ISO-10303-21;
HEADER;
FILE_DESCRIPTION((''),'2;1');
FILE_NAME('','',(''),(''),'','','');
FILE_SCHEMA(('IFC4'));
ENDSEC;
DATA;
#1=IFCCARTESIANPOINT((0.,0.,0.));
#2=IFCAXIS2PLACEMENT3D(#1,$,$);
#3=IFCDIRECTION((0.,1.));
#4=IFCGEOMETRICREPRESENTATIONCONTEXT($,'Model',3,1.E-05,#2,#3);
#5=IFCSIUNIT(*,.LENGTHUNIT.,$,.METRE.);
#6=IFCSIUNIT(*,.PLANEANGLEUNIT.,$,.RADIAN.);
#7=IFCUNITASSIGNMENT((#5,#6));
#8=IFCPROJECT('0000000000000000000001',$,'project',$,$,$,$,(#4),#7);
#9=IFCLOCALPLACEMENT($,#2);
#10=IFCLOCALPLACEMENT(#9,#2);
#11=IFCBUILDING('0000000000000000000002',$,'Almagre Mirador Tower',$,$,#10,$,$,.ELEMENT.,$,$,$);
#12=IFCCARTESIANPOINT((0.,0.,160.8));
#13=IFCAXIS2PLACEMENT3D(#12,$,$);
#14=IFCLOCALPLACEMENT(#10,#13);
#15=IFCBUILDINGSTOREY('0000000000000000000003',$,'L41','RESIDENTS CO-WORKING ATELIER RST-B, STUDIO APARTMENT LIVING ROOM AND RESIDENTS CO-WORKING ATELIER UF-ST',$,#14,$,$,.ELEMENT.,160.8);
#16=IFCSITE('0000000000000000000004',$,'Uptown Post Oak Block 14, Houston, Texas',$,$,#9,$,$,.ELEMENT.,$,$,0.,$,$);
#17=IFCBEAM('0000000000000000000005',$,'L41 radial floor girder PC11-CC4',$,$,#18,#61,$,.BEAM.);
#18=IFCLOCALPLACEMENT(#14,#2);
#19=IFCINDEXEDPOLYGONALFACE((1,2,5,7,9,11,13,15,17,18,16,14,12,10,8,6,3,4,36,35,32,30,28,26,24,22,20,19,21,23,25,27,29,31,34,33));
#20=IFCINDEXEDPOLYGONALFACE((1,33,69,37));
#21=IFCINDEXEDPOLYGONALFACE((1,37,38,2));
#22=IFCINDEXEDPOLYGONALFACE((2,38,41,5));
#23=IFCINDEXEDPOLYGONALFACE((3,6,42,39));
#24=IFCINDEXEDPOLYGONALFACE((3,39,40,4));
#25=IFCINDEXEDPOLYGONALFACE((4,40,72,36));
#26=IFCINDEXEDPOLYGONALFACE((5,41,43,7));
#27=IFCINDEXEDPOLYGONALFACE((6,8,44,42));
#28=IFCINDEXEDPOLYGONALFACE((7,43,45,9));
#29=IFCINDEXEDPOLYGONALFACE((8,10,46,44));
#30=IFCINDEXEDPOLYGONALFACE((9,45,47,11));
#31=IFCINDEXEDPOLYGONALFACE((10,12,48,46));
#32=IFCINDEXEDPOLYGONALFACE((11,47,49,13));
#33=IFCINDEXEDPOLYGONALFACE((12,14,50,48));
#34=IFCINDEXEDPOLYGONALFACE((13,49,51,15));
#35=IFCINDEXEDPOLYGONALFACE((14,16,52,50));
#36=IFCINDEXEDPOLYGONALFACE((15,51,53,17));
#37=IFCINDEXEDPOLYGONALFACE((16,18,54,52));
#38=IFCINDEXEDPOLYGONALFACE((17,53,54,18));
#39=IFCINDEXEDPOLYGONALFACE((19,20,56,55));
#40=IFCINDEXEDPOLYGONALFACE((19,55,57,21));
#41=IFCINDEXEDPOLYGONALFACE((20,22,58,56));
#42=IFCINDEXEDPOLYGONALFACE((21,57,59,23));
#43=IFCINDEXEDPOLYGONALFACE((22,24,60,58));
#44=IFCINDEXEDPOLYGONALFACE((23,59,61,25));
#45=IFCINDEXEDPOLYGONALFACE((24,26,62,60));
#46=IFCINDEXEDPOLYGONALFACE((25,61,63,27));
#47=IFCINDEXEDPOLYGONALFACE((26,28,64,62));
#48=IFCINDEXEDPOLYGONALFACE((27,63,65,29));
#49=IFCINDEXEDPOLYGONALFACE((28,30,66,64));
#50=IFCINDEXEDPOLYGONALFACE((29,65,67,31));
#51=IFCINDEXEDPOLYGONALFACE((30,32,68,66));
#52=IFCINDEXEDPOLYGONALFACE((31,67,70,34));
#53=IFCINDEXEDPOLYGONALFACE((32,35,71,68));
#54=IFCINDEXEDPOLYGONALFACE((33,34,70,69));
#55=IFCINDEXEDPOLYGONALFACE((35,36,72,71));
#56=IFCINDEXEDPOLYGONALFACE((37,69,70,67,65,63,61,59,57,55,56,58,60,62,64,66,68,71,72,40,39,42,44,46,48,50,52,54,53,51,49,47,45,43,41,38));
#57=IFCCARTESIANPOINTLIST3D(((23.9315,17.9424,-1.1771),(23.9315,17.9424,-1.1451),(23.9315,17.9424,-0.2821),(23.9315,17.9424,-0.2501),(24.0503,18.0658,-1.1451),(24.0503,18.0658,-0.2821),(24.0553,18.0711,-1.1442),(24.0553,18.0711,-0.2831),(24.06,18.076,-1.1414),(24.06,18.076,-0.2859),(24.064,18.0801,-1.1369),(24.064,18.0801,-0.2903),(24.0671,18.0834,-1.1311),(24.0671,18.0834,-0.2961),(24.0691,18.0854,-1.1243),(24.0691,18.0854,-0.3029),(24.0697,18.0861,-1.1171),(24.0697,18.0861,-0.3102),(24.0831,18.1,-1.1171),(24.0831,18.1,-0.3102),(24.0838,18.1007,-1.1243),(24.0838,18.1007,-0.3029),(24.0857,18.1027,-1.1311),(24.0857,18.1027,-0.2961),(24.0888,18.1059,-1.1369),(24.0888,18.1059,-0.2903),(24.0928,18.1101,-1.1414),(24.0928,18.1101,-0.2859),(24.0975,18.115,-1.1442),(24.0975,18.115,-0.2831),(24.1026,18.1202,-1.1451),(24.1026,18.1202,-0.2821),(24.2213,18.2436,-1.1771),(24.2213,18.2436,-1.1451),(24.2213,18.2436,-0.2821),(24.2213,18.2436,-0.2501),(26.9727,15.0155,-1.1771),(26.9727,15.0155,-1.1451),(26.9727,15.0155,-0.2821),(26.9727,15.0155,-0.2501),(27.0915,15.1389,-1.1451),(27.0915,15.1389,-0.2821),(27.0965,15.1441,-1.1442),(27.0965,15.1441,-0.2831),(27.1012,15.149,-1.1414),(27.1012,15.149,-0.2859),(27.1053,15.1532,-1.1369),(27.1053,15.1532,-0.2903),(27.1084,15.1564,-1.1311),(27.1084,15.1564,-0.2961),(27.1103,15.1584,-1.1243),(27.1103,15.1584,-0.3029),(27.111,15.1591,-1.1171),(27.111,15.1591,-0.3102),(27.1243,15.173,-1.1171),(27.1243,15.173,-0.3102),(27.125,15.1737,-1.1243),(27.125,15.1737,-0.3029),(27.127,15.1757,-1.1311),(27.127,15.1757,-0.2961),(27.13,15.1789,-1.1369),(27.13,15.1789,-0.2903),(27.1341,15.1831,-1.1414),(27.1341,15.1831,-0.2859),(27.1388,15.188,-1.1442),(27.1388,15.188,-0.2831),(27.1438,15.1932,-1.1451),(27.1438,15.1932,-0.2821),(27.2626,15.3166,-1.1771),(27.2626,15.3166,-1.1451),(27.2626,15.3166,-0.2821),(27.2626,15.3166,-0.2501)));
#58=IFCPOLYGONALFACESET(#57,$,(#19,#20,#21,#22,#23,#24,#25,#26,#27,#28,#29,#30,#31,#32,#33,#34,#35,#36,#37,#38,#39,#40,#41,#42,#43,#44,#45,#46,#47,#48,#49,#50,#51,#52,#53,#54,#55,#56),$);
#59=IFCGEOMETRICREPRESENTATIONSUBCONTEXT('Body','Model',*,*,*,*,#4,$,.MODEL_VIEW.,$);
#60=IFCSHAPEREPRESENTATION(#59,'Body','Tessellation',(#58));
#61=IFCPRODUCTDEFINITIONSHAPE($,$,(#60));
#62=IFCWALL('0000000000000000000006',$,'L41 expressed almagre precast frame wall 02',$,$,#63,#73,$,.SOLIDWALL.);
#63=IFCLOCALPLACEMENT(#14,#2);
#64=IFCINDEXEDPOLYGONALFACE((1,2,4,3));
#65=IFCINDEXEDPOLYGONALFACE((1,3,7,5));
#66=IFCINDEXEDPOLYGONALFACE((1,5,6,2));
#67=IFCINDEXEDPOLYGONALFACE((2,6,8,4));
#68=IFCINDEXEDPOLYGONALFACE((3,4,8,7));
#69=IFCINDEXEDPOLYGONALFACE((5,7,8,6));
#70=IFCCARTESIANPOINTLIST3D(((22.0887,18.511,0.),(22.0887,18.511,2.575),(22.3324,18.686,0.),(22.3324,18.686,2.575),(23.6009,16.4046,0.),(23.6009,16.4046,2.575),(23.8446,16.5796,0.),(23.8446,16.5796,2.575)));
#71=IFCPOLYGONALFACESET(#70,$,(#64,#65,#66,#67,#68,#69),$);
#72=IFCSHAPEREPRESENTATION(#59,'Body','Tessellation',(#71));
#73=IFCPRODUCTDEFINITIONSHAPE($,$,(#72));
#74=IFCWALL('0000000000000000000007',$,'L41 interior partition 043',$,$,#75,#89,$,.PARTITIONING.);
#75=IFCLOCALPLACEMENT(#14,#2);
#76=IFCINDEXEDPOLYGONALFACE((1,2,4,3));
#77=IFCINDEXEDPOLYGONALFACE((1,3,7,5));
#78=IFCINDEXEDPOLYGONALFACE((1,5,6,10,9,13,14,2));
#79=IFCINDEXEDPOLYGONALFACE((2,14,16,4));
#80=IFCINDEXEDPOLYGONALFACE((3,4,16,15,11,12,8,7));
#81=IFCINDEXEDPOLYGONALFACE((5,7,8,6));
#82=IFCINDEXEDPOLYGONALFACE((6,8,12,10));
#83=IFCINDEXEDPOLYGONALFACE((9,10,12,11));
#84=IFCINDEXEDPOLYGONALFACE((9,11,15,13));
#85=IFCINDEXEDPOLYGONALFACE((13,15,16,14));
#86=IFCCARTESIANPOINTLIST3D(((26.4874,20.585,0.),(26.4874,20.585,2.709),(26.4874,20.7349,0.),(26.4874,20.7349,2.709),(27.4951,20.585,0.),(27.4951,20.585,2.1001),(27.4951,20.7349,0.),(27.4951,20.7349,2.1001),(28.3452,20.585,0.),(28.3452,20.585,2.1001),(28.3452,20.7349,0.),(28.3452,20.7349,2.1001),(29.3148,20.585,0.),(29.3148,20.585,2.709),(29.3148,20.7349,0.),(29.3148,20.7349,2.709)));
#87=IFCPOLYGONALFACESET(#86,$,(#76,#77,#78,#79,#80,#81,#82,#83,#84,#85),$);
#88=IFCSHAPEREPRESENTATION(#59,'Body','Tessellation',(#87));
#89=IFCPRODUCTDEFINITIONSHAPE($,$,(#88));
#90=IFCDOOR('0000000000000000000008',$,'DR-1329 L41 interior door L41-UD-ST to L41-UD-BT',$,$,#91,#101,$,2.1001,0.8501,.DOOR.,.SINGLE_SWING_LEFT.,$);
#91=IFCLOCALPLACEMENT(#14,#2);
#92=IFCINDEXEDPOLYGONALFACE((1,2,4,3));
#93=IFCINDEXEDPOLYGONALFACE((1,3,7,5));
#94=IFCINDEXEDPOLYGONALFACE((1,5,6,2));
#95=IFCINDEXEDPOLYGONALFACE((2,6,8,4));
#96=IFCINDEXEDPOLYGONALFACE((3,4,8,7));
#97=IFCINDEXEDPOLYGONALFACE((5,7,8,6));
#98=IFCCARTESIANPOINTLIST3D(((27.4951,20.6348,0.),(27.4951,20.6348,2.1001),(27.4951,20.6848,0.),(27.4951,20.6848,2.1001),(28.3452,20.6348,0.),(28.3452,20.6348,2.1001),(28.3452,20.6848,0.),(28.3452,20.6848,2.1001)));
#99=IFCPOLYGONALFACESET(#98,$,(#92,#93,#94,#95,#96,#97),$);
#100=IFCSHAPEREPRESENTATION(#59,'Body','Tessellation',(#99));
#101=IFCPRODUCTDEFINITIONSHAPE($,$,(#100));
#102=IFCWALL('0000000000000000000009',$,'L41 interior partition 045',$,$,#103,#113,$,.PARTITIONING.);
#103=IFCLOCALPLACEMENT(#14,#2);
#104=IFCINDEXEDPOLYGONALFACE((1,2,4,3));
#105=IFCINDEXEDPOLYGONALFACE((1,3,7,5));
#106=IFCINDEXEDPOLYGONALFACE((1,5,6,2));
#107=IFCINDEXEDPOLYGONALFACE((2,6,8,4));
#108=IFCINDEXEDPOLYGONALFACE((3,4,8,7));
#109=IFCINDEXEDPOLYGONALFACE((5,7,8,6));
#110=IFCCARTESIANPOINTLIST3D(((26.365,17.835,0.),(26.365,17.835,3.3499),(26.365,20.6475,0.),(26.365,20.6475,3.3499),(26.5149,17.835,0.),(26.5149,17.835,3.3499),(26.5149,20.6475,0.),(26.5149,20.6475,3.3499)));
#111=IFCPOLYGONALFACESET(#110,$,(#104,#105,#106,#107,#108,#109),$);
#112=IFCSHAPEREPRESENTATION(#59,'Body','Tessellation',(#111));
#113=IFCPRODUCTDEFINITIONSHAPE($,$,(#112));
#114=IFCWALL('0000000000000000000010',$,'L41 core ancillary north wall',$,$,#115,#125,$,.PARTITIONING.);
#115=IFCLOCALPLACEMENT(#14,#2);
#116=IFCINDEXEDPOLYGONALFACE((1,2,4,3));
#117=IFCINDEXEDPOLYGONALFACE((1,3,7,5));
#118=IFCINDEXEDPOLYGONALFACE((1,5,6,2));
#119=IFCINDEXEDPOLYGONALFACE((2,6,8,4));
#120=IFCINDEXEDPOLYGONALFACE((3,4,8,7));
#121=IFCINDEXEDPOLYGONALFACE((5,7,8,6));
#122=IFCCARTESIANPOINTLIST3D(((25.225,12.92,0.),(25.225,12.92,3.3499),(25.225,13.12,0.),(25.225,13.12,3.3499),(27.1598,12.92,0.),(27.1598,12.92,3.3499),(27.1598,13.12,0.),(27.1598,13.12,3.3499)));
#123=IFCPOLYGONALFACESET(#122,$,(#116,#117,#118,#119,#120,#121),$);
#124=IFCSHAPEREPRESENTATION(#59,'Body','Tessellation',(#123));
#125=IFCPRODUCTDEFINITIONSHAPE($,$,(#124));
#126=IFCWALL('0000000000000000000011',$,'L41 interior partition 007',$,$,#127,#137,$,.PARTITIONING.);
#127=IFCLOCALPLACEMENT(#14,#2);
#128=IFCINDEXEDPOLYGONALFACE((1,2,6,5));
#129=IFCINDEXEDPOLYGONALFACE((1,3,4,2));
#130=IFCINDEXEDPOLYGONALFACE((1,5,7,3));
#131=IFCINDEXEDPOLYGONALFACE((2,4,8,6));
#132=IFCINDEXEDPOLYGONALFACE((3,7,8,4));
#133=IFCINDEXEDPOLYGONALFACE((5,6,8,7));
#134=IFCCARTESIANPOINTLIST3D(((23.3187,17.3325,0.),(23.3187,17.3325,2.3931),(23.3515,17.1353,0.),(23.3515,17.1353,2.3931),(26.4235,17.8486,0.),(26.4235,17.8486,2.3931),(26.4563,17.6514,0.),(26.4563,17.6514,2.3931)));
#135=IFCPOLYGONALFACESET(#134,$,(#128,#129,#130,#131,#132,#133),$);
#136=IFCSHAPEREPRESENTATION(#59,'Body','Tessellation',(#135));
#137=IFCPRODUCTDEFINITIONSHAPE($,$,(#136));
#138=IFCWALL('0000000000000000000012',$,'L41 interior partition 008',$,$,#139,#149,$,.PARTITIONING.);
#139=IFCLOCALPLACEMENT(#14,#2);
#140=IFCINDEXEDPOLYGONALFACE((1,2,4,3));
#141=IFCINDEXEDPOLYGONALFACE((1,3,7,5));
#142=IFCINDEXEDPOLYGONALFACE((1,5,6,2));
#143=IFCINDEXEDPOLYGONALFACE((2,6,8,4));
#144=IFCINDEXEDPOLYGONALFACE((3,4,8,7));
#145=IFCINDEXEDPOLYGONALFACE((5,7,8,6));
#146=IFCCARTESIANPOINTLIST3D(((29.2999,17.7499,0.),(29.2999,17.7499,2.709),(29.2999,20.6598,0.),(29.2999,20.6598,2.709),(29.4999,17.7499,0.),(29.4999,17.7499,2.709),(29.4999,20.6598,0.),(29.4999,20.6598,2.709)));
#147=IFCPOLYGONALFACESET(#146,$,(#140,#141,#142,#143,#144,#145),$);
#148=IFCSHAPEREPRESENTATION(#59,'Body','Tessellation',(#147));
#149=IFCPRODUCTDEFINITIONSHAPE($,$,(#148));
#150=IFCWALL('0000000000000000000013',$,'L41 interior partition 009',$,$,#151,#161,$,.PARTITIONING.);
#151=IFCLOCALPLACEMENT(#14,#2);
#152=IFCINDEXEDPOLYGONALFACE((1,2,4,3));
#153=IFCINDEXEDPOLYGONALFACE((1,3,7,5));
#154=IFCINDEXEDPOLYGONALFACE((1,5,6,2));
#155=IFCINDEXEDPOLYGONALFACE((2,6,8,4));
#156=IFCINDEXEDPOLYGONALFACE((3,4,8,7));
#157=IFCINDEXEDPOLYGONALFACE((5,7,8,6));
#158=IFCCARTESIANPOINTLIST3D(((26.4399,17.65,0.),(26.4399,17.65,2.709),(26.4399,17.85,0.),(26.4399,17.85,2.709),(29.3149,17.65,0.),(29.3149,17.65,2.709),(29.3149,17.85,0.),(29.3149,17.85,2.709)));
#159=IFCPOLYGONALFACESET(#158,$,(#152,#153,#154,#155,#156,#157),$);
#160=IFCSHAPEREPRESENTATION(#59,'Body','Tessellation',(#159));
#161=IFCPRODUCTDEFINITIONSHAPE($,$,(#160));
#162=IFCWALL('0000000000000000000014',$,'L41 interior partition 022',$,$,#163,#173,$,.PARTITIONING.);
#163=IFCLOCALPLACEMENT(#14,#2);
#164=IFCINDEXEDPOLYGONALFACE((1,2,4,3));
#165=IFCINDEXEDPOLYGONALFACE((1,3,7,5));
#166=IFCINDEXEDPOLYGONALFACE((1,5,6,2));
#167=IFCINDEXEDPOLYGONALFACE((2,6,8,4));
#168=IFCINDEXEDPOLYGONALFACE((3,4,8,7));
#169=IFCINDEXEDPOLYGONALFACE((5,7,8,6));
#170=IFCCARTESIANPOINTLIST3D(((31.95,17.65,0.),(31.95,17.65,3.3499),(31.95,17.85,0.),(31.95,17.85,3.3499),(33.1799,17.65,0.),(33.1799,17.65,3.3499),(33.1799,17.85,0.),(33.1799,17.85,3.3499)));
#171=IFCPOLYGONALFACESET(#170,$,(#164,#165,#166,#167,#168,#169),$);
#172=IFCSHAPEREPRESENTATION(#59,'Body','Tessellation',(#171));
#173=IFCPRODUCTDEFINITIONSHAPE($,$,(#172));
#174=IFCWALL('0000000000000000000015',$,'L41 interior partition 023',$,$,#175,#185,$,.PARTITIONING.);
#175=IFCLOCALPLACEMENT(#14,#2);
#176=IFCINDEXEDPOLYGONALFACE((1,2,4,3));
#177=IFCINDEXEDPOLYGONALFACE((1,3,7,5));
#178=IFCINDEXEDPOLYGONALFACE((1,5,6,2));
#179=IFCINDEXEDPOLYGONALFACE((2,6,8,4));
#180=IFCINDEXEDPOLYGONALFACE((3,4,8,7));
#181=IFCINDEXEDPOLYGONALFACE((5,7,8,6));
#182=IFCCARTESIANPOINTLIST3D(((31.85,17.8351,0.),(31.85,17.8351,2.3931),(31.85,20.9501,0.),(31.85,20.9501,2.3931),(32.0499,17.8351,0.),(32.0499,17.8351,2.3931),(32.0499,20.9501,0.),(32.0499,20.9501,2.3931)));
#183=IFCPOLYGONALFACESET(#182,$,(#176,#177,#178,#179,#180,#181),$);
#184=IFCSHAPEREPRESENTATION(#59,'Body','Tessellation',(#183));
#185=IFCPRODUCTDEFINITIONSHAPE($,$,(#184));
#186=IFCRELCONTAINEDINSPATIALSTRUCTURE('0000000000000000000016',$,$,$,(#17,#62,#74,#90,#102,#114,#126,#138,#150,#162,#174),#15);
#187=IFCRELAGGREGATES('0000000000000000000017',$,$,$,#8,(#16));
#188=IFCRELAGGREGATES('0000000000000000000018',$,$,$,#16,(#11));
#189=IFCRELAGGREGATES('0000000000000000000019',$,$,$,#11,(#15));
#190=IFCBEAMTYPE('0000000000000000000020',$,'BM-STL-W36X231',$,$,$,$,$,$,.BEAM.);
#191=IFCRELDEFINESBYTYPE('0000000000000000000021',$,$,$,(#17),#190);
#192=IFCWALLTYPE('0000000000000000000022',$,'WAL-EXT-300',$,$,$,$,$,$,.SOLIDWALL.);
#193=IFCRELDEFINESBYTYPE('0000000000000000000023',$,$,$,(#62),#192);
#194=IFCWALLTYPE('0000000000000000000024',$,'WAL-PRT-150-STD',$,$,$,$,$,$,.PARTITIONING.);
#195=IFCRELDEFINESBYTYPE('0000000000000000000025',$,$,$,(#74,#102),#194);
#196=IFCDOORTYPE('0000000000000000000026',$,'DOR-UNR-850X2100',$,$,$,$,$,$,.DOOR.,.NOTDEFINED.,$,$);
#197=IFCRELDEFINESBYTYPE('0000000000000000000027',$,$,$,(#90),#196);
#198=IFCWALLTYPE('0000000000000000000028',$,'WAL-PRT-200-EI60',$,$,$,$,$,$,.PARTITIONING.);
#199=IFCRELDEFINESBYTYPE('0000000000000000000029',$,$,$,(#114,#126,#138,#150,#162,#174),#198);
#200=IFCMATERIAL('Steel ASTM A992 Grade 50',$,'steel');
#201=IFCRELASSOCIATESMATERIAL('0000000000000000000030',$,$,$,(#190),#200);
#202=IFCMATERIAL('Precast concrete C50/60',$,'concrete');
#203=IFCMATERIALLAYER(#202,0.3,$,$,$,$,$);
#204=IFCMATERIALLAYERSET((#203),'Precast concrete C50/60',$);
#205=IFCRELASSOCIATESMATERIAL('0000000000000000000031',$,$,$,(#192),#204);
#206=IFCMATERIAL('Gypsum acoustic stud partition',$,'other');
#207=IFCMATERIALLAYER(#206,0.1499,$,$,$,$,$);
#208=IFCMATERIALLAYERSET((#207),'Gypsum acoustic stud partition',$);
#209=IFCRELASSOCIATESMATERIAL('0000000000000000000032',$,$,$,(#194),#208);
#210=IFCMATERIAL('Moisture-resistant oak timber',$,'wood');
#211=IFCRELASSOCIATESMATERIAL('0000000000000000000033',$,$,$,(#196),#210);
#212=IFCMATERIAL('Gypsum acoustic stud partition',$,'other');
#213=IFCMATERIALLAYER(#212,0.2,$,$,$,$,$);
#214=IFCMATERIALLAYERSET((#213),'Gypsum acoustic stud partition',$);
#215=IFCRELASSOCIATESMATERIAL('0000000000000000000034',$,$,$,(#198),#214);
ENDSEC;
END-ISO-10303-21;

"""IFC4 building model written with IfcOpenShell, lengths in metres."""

from ifc_helpers import new_model, si_unit, direction, frame, frame_2d, origin, origin_2d, place, context, subcontext, project, spatial, rectangle, i_section, extrude, material, layer, layer_set, material_profile, profile_set, type_object, element, fill, save


model = new_model("IFC4")

# Units and contexts
model_context = context("Model", 3, precision=1e-05, world=origin(), true_north=direction((0.0, 1.0)))
body_context = subcontext(model_context, "Body", "Model", "MODEL_VIEW")
ifc_project = project(units=[si_unit("LENGTHUNIT", "METRE"), si_unit("PLANEANGLEUNIT", "RADIAN")], contexts=[model_context])

# Site, building, storey
site_placement = place(None, origin())
site = spatial("IfcSite", under=ifc_project, at=site_placement, Name="Uptown Post Oak Block 14, Houston, Texas", CompositionType="ELEMENT", RefElevation=0.0)
building_placement = place(site_placement, origin())
building = spatial("IfcBuilding", under=site, at=building_placement, Name="Almagre Mirador Tower", CompositionType="ELEMENT")
storey_placement = place(building_placement, frame((0.0, 0.0, 160.8)))
storey = spatial("IfcBuildingStorey", under=building, at=storey_placement, Name="L41", Description="RESIDENTS CO-WORKING ATELIER RST-B, STUDIO APARTMENT LIVING ROOM AND RESIDENTS CO-WORKING ATELIER UF-ST", CompositionType="ELEMENT", Elevation=160.8)

# Beam
ifc_material_1 = material(Name="Steel ASTM A992 Grade 50", Category="steel")
ifc_material_profile_1 = material_profile(ifc_material_1, i_section(OverallWidth=0.418, OverallDepth=0.927, WebThickness=0.0193, FlangeThickness=0.032, FilletRadius=0.0281, at=origin_2d()), Name="W36X231")
ifc_profile_set_1 = profile_set([ifc_material_profile_1], Name="Steel ASTM A992 Grade 50")
beam_type_1 = type_object("IfcBeamType", Name="BM-STL-W36X231", PredefinedType="BEAM", material=ifc_profile_set_1)
beam_1_placement = place(storey_placement, frame((24.0764, 18.093, -0.7136), z_axis=(0.720512, -0.693443, 0.0), x_axis=(0.693443, 0.720512, 0.0)))
element("IfcBeam", 1, at=beam_1_placement, inside=storey, type_object=beam_type_1, Name="L41 radial floor girder PC11-CC4", PredefinedType="BEAM", context=body_context, shape_type="SweptSolid", body=[
    extrude(i_section(OverallWidth=0.418, OverallDepth=0.927, WebThickness=0.0193, FlangeThickness=0.032, FilletRadius=0.0281, at=origin_2d()), origin(), (0.0, 0.0, 1.0), 4.2209),
])

# Wall
ifc_material_2 = material(Name="Precast concrete C50/60", Category="concrete")
ifc_layer_1 = layer(ifc_material_2, 0.3)
ifc_layer_set_1 = layer_set([ifc_layer_1], Name="Precast concrete C50/60")
wall_type_1 = type_object("IfcWallType", Name="WAL-EXT-300", PredefinedType="SOLIDWALL", material=ifc_layer_set_1)
wall_1_placement = place(storey_placement, frame((23.7227, 16.4922, 0.0), z_axis=(0.0, 0.0, 1.0), x_axis=(-0.583178, 0.812344, 0.0)))
element("IfcWall", 2, at=wall_1_placement, inside=storey, type_object=wall_type_1, Name="L41 expressed almagre precast frame wall 02", PredefinedType="SOLIDWALL", context=body_context, shape_type="SweptSolid", body=[
    extrude(rectangle(XDim=2.593, YDim=0.3, at=frame_2d((1.2964, 0.0))), origin(), (0.0, 0.0, 1.0), 2.575),
])

# Wall, opening, door
ifc_material_3 = material(Name="Gypsum acoustic stud partition", Category="other")
ifc_layer_2 = layer(ifc_material_3, 0.1499)
ifc_layer_set_2 = layer_set([ifc_layer_2], Name="Gypsum acoustic stud partition")
wall_type_2 = type_object("IfcWallType", Name="WAL-PRT-150-STD", PredefinedType="PARTITIONING", material=ifc_layer_set_2)
wall_2_placement = place(storey_placement, frame((26.4875, 20.6599, 0.0), z_axis=(0.0, 0.0, 1.0), x_axis=(1.0, 0.0, 0.0)))
wall_2 = element("IfcWall", 3, at=wall_2_placement, inside=storey, type_object=wall_type_2, Name="L41 interior partition 043", PredefinedType="PARTITIONING", context=body_context, shape_type="SweptSolid", body=[
    extrude(rectangle(XDim=2.8274, YDim=0.1499, at=frame_2d((1.4136, 0.0))), origin(), (0.0, 0.0, 1.0), 2.709),
])
opening_1_placement = place(wall_2_placement, frame((1.0076, 0.0, 0.0)))
opening_1 = element("IfcOpeningElement", 4, at=opening_1_placement, cuts=wall_2, PredefinedType="OPENING", context=body_context, shape_type="SweptSolid", body=[
    extrude(rectangle(XDim=0.8501, YDim=2.1001, at=frame_2d((0.425, 1.05))), frame((0.0, 0.085, 0.0), z_axis=(0.0, -1.0, 0.0), x_axis=(1.0, 0.0, 0.0)), (0.0, 0.0, 1.0), 0.1699),
])
ifc_material_4 = material(Name="Moisture-resistant oak timber", Category="wood")
door_type_1 = type_object("IfcDoorType", Name="DOR-UNR-850X2100", OperationType="NOTDEFINED", PredefinedType="DOOR", material=ifc_material_4)
door_1_placement = place(opening_1_placement, origin())
door_1 = element("IfcDoor", 5, at=door_1_placement, inside=storey, type_object=door_type_1, Name="DR-1329 L41 interior door L41-UD-ST to L41-UD-BT", OperationType="SINGLE_SWING_LEFT", OverallHeight=2.1001, OverallWidth=0.8501, PredefinedType="DOOR", context=body_context, shape_type="SweptSolid", body=[
    extrude(rectangle(XDim=0.8501, YDim=2.1001, at=frame_2d((0.425, 1.05))), frame((0.0, 0.0249, 0.0), z_axis=(0.0, -1.0, 0.0), x_axis=(1.0, 0.0, 0.0)), (0.0, 0.0, 1.0), 0.05),
])
fill(opening_1, door_1)

# Walls
wall_3_placement = place(storey_placement, frame((26.4399, 17.835, 0.0), z_axis=(0.0, 0.0, 1.0), x_axis=(0.0, 1.0, 0.0)))
element("IfcWall", 6, at=wall_3_placement, inside=storey, type_object=wall_type_2, Name="L41 interior partition 045", PredefinedType="PARTITIONING", context=body_context, shape_type="SweptSolid", body=[
    extrude(rectangle(XDim=2.8125, YDim=0.1499, at=frame_2d((1.4062, 0.0))), origin(), (0.0, 0.0, 1.0), 3.3499),
])
ifc_material_5 = material(Name="Gypsum acoustic stud partition", Category="other")
ifc_layer_3 = layer(ifc_material_5, 0.2)
ifc_layer_set_3 = layer_set([ifc_layer_3], Name="Gypsum acoustic stud partition")
wall_type_3 = type_object("IfcWallType", Name="WAL-PRT-200-EI60", PredefinedType="PARTITIONING", material=ifc_layer_set_3)
wall_4_placement = place(storey_placement, frame((25.2251, 13.02, 0.0), z_axis=(0.0, 0.0, 1.0), x_axis=(1.0, 0.0, 0.0)))
element("IfcWall", 7, at=wall_4_placement, inside=storey, type_object=wall_type_3, Name="L41 core ancillary north wall", PredefinedType="PARTITIONING", context=body_context, shape_type="SweptSolid", body=[
    extrude(rectangle(XDim=1.9348, YDim=0.2, at=frame_2d((0.9673, 0.0))), origin(), (0.0, 0.0, 1.0), 3.3499),
])
wall_5_placement = place(storey_placement, frame((26.4399, 17.75, 0.0), z_axis=(0.0, 0.0, 1.0), x_axis=(-0.986465, -0.163971, 0.0)))
element("IfcWall", 8, at=wall_5_placement, inside=storey, type_object=wall_type_3, Name="L41 interior partition 007", PredefinedType="PARTITIONING", context=body_context, shape_type="SweptSolid", body=[
    extrude(rectangle(XDim=3.1475, YDim=0.2, at=frame_2d((1.5737, 0.0))), origin(), (0.0, 0.0, 1.0), 2.3931),
])
wall_6_placement = place(storey_placement, frame((29.3999, 20.6599, 0.0), z_axis=(0.0, 0.0, 1.0), x_axis=(0.0, -1.0, 0.0)))
element("IfcWall", 9, at=wall_6_placement, inside=storey, type_object=wall_type_3, Name="L41 interior partition 008", PredefinedType="PARTITIONING", context=body_context, shape_type="SweptSolid", body=[
    extrude(rectangle(XDim=2.9099, YDim=0.2, at=frame_2d((1.4551, 0.0))), origin(), (0.0, 0.0, 1.0), 2.709),
])
wall_7_placement = place(storey_placement, frame((29.3149, 17.75, 0.0), z_axis=(0.0, 0.0, 1.0), x_axis=(-1.0, 0.0, 0.0)))
element("IfcWall", 10, at=wall_7_placement, inside=storey, type_object=wall_type_3, Name="L41 interior partition 009", PredefinedType="PARTITIONING", context=body_context, shape_type="SweptSolid", body=[
    extrude(rectangle(XDim=2.875, YDim=0.2, at=frame_2d((1.4375, 0.0))), origin(), (0.0, 0.0, 1.0), 2.709),
])
wall_8_placement = place(storey_placement, frame((33.1799, 17.75, 0.0), z_axis=(0.0, 0.0, 1.0), x_axis=(-1.0, 0.0, 0.0)))
element("IfcWall", 11, at=wall_8_placement, inside=storey, type_object=wall_type_3, Name="L41 interior partition 022", PredefinedType="PARTITIONING", context=body_context, shape_type="SweptSolid", body=[
    extrude(rectangle(XDim=1.23, YDim=0.2, at=frame_2d((0.615, 0.0))), origin(), (0.0, 0.0, 1.0), 3.3499),
])
wall_9_placement = place(storey_placement, frame((31.95, 17.835, 0.0), z_axis=(0.0, 0.0, 1.0), x_axis=(0.0, 1.0, 0.0)))
element("IfcWall", 12, at=wall_9_placement, inside=storey, type_object=wall_type_3, Name="L41 interior partition 023", PredefinedType="PARTITIONING", context=body_context, shape_type="SweptSolid", body=[
    extrude(rectangle(XDim=3.115, YDim=0.2, at=frame_2d((1.5576, 0.0))), origin(), (0.0, 0.0, 1.0), 2.3931),
])

save(model, "model.ifc")
